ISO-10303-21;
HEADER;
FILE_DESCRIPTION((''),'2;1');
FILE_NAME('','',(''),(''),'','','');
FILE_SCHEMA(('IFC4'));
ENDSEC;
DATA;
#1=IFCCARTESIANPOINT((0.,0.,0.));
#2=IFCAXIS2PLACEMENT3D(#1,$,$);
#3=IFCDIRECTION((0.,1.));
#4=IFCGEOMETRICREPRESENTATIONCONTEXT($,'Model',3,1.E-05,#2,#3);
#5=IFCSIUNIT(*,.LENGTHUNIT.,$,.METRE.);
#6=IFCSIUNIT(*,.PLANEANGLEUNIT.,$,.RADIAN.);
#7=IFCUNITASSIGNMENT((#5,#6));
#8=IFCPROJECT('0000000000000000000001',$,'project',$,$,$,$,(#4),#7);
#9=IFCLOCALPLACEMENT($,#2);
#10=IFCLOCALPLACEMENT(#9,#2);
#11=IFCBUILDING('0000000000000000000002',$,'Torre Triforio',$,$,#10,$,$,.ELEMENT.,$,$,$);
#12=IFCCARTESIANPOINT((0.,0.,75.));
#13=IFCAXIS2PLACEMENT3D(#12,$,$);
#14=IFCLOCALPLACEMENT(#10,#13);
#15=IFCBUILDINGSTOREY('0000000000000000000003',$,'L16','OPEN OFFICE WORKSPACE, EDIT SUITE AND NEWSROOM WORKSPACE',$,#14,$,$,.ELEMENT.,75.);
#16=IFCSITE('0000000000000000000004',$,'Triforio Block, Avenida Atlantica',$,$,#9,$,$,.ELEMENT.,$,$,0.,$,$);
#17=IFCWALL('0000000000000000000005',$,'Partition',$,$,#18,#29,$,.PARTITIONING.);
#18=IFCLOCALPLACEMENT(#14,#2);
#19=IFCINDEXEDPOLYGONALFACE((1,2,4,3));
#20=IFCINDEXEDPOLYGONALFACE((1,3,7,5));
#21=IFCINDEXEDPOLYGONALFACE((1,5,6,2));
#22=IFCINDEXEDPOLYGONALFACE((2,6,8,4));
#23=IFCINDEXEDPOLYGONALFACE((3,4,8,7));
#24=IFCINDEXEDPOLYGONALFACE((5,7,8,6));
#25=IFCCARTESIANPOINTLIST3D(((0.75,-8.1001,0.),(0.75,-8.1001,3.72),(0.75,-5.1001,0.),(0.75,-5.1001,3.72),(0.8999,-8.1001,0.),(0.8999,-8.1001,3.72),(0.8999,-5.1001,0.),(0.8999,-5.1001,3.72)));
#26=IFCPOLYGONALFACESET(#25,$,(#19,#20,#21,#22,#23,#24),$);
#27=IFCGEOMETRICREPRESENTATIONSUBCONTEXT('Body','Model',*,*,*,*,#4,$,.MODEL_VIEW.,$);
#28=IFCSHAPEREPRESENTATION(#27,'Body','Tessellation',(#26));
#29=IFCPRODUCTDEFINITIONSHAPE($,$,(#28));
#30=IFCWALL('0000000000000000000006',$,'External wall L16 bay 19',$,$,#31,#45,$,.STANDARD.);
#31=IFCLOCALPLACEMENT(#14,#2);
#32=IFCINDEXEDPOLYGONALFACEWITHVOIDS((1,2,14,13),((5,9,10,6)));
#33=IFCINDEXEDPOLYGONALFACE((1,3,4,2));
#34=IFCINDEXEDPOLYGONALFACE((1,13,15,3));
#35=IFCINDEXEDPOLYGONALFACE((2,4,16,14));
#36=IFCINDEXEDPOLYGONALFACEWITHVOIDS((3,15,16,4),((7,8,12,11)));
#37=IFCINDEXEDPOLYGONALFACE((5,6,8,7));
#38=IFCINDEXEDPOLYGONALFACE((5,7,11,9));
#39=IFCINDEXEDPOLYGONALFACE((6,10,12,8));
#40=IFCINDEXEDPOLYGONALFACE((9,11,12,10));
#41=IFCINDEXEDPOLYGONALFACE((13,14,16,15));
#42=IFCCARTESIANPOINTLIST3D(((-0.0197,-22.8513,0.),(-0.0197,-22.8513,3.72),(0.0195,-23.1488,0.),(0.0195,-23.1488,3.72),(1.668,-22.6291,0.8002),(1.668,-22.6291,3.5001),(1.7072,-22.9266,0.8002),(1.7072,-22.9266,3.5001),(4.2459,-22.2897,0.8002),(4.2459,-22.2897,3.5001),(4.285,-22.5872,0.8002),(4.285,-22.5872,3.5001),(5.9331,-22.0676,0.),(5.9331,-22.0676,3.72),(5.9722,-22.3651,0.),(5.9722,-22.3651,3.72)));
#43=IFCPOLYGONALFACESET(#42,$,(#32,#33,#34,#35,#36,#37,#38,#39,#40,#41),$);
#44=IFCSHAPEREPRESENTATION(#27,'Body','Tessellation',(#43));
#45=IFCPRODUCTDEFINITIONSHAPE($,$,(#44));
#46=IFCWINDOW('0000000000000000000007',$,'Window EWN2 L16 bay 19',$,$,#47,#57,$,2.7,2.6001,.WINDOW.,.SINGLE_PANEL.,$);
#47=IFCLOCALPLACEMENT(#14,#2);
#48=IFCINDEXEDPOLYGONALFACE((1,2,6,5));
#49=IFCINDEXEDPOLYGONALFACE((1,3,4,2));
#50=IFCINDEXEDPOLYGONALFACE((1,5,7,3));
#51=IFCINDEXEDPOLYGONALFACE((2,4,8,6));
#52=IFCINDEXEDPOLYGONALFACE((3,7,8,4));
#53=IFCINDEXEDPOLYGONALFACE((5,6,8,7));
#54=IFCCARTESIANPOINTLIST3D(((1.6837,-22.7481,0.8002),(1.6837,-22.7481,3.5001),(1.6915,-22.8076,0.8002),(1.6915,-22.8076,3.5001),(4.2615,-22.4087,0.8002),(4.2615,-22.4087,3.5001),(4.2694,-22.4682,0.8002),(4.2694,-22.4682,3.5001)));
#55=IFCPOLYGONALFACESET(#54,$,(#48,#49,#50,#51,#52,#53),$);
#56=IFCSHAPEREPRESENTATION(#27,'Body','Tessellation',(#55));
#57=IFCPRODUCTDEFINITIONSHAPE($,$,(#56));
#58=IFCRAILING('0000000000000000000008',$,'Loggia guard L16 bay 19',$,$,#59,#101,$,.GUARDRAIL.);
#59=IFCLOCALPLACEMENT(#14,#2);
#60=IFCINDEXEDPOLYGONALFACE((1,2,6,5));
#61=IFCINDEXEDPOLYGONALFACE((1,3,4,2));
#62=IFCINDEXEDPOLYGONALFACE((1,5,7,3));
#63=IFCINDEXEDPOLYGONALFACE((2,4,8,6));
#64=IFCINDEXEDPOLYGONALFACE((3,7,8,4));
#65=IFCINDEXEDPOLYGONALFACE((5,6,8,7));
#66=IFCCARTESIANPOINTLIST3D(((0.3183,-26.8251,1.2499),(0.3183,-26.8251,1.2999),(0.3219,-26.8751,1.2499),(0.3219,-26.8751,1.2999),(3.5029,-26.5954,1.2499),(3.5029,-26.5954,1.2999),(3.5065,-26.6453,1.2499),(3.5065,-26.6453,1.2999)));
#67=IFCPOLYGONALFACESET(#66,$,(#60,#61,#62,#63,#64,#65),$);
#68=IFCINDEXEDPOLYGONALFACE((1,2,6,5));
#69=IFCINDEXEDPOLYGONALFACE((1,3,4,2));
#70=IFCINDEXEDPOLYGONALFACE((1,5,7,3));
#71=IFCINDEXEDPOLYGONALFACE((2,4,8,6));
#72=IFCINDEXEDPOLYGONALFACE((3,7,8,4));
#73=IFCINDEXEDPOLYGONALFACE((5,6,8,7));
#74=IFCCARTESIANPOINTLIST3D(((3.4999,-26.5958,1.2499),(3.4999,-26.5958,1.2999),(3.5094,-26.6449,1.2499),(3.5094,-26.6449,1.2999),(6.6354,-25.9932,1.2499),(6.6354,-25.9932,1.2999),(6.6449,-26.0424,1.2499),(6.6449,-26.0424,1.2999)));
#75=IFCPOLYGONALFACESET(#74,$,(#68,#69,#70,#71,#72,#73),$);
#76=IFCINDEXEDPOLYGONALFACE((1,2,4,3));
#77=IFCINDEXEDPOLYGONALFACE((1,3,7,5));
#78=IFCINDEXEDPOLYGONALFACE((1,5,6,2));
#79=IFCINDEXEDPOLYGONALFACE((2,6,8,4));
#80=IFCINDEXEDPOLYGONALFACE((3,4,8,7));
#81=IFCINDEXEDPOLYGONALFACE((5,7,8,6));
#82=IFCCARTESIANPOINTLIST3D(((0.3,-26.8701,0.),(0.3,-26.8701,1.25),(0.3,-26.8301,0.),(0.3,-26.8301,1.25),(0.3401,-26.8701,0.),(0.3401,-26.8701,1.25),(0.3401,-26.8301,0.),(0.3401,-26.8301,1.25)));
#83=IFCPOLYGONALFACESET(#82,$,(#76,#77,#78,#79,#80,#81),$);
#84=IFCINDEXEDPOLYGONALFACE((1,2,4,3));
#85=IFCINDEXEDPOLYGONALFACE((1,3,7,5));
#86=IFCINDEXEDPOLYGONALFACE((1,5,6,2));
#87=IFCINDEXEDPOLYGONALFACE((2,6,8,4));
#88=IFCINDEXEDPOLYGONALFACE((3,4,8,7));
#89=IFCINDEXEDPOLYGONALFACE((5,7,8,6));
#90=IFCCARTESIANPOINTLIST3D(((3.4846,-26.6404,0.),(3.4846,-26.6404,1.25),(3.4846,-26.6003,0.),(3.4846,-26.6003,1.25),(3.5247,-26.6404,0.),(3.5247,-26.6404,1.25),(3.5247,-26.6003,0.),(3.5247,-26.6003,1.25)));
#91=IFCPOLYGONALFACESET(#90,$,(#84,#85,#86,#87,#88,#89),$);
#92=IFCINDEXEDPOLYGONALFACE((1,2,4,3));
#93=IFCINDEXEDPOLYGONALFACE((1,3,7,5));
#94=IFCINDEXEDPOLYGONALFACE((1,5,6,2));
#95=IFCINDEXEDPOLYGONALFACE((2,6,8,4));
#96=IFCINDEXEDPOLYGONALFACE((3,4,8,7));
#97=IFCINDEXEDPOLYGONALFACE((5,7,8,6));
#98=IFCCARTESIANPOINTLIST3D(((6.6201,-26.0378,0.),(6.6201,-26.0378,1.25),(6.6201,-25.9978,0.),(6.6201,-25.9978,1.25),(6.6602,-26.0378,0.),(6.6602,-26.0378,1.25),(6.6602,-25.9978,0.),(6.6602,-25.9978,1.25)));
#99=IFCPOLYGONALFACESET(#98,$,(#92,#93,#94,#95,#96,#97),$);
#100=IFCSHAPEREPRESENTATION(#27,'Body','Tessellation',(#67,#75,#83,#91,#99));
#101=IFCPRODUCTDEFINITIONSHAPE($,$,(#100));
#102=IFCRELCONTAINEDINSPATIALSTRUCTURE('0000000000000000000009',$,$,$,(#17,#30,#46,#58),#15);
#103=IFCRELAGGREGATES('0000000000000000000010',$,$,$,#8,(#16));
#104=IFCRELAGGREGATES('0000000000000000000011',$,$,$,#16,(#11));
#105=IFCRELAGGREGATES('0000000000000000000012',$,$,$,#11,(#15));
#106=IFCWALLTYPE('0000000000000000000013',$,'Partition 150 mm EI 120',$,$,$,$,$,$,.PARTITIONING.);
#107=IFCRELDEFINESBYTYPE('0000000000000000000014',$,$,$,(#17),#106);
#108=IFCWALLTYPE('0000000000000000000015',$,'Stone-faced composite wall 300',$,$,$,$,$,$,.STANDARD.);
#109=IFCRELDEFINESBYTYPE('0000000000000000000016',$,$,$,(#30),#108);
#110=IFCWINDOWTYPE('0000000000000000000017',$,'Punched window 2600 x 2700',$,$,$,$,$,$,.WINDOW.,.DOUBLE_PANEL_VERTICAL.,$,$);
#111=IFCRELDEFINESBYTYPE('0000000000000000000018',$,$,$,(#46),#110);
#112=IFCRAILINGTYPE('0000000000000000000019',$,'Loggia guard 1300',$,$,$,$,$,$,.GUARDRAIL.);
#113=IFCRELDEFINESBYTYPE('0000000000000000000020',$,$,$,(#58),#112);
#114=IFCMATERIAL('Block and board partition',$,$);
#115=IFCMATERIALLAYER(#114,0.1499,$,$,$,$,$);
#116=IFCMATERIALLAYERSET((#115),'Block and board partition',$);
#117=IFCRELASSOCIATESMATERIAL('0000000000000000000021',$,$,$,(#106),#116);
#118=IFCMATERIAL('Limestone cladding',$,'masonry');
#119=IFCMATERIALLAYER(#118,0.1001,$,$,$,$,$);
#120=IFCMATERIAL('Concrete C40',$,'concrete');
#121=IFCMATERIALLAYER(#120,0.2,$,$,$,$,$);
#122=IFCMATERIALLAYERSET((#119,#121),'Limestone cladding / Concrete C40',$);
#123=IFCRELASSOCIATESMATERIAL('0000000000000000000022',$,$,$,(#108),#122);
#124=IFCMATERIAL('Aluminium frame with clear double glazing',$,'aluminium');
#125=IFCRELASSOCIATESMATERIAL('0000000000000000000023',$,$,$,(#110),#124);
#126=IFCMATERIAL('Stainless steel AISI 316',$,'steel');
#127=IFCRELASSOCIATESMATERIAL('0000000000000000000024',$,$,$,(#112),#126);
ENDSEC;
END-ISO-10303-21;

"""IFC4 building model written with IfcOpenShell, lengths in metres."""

from ifc_helpers import new_model, si_unit, direction, frame, frame_2d, origin, origin_2d, place, context, subcontext, project, spatial, rectangle, extrude, material, layer, layer_set, type_object, element, fill, save


model = new_model("IFC4")

# Units and contexts
model_context = context("Model", 3, precision=1e-05, world=origin(), true_north=direction((0.0, 1.0)))
body_context = subcontext(model_context, "Body", "Model", "MODEL_VIEW")
ifc_project = project(units=[si_unit("LENGTHUNIT", "METRE"), si_unit("PLANEANGLEUNIT", "RADIAN")], contexts=[model_context])

# Site, building, storey
site_placement = place(None, origin())
site = spatial("IfcSite", under=ifc_project, at=site_placement, Name="Triforio Block, Avenida Atlantica", CompositionType="ELEMENT", RefElevation=0.0)
building_placement = place(site_placement, origin())
building = spatial("IfcBuilding", under=site, at=building_placement, Name="Torre Triforio", CompositionType="ELEMENT")
storey_placement = place(building_placement, frame((0.0, 0.0, 75.0)))
storey = spatial("IfcBuildingStorey", under=building, at=storey_placement, Name="L16", Description="OPEN OFFICE WORKSPACE, EDIT SUITE AND NEWSROOM WORKSPACE", CompositionType="ELEMENT", Elevation=75.0)

# Wall
ifc_material_1 = material(Name="Block and board partition")
ifc_layer_1 = layer(ifc_material_1, 0.1499)
ifc_layer_set_1 = layer_set([ifc_layer_1], Name="Block and board partition")
wall_type_1 = type_object("IfcWallType", Name="Partition 150 mm EI 120", PredefinedType="PARTITIONING", material=ifc_layer_set_1)
wall_1_placement = place(storey_placement, frame((0.825, -8.1001, 0.0), z_axis=(0.0, 0.0, 1.0), x_axis=(0.0, 1.0, 0.0)))
element("IfcWall", 1, at=wall_1_placement, inside=storey, type_object=wall_type_1, Name="Partition", PredefinedType="PARTITIONING", context=body_context, shape_type="SweptSolid", body=[
    extrude(rectangle(XDim=3.0, YDim=0.1499, at=frame_2d((1.5, 0.0))), origin(), (0.0, 0.0, 1.0), 3.72),
])

# Wall, opening, window
ifc_material_2 = material(Name="Limestone cladding", Category="masonry")
ifc_layer_2 = layer(ifc_material_2, 0.1001)
ifc_material_3 = material(Name="Concrete C40", Category="concrete")
ifc_layer_3 = layer(ifc_material_3, 0.2)
ifc_layer_set_2 = layer_set([ifc_layer_2, ifc_layer_3], Name="Limestone cladding / Concrete C40")
wall_type_2 = type_object("IfcWallType", Name="Stone-faced composite wall 300", PredefinedType="STANDARD", material=ifc_layer_set_2)
wall_2_placement = place(storey_placement, frame((0.0, -23.0, 0.0), z_axis=(0.0, 0.0, 1.0), x_axis=(0.991445, 0.130523, 0.0)))
wall_2 = element("IfcWall", 2, at=wall_2_placement, inside=storey, type_object=wall_type_2, Name="External wall L16 bay 19", PredefinedType="STANDARD", context=body_context, shape_type="SweptSolid", body=[
    extrude(rectangle(XDim=6.0042, YDim=0.3, at=frame_2d((3.002, 0.0))), origin(), (0.0, 0.0, 1.0), 3.72),
])
opening_1_placement = place(wall_2_placement, frame((1.7021, 0.0, 0.8)))
opening_1 = element("IfcOpeningElement", 3, at=opening_1_placement, cuts=wall_2, PredefinedType="OPENING", context=body_context, shape_type="SweptSolid", body=[
    extrude(rectangle(XDim=2.6001, YDim=2.7, at=frame_2d((1.3, 1.3501))), frame((0.0, 0.1599, 0.0), z_axis=(0.0, -1.0, 0.0), x_axis=(1.0, 0.0, 0.0)), (0.0, 0.0, 1.0), 0.3201),
])
ifc_material_4 = material(Name="Aluminium frame with clear double glazing", Category="aluminium")
window_type_1 = type_object("IfcWindowType", Name="Punched window 2600 x 2700", PartitioningType="DOUBLE_PANEL_VERTICAL", PredefinedType="WINDOW", material=ifc_material_4)
window_1_placement = place(opening_1_placement, origin())
window_1 = element("IfcWindow", 4, at=window_1_placement, inside=storey, type_object=window_type_1, Name="Window EWN2 L16 bay 19", OverallHeight=2.7, OverallWidth=2.6001, PartitioningType="SINGLE_PANEL", PredefinedType="WINDOW", context=body_context, shape_type="SweptSolid", body=[
    extrude(rectangle(XDim=2.6001, YDim=2.7, at=frame_2d((1.3, 1.3501))), frame((0.0, 0.03, 0.0), z_axis=(0.0, -1.0, 0.0), x_axis=(1.0, 0.0, 0.0)), (0.0, 0.0, 1.0), 0.0601),
])
fill(opening_1, window_1)

# Railing
ifc_material_5 = material(Name="Stainless steel AISI 316", Category="steel")
railing_type = type_object("IfcRailingType", Name="Loggia guard 1300", PredefinedType="GUARDRAIL", material=ifc_material_5)
railing_placement = place(storey_placement, frame((0.3201, -26.8501, 0.0)))
element("IfcRailing", 5, at=railing_placement, inside=storey, type_object=railing_type, Name="Loggia guard L16 bay 19", PredefinedType="GUARDRAIL", context=body_context, shape_type="SweptSolid", body=[
    extrude(rectangle(XDim=0.05, YDim=0.05, at=origin_2d()), frame((0.0, 0.0, 1.2749), z_axis=(0.997408, 0.071953, 0.0), x_axis=(-0.071953, 0.997408, 0.0)), (0.0, 0.0, 1.0), 3.1929),
    extrude(rectangle(XDim=0.05, YDim=0.05, at=origin_2d()), frame((3.1846, 0.2297, 1.2749), z_axis=(0.982032, 0.188714, 0.0), x_axis=(-0.188714, 0.982032, 0.0)), (0.0, 0.0, 1.0), 3.1929),
    extrude(rectangle(XDim=0.04, YDim=0.04, at=origin_2d()), origin(), (0.0, 0.0, 1.0), 1.25),
    extrude(rectangle(XDim=0.04, YDim=0.04, at=origin_2d()), frame((3.1846, 0.2297, 0.0)), (0.0, 0.0, 1.0), 1.25),
    extrude(rectangle(XDim=0.04, YDim=0.04, at=origin_2d()), frame((6.3201, 0.8323, 0.0)), (0.0, 0.0, 1.0), 1.25),
])

save(model, "model.ifc")
